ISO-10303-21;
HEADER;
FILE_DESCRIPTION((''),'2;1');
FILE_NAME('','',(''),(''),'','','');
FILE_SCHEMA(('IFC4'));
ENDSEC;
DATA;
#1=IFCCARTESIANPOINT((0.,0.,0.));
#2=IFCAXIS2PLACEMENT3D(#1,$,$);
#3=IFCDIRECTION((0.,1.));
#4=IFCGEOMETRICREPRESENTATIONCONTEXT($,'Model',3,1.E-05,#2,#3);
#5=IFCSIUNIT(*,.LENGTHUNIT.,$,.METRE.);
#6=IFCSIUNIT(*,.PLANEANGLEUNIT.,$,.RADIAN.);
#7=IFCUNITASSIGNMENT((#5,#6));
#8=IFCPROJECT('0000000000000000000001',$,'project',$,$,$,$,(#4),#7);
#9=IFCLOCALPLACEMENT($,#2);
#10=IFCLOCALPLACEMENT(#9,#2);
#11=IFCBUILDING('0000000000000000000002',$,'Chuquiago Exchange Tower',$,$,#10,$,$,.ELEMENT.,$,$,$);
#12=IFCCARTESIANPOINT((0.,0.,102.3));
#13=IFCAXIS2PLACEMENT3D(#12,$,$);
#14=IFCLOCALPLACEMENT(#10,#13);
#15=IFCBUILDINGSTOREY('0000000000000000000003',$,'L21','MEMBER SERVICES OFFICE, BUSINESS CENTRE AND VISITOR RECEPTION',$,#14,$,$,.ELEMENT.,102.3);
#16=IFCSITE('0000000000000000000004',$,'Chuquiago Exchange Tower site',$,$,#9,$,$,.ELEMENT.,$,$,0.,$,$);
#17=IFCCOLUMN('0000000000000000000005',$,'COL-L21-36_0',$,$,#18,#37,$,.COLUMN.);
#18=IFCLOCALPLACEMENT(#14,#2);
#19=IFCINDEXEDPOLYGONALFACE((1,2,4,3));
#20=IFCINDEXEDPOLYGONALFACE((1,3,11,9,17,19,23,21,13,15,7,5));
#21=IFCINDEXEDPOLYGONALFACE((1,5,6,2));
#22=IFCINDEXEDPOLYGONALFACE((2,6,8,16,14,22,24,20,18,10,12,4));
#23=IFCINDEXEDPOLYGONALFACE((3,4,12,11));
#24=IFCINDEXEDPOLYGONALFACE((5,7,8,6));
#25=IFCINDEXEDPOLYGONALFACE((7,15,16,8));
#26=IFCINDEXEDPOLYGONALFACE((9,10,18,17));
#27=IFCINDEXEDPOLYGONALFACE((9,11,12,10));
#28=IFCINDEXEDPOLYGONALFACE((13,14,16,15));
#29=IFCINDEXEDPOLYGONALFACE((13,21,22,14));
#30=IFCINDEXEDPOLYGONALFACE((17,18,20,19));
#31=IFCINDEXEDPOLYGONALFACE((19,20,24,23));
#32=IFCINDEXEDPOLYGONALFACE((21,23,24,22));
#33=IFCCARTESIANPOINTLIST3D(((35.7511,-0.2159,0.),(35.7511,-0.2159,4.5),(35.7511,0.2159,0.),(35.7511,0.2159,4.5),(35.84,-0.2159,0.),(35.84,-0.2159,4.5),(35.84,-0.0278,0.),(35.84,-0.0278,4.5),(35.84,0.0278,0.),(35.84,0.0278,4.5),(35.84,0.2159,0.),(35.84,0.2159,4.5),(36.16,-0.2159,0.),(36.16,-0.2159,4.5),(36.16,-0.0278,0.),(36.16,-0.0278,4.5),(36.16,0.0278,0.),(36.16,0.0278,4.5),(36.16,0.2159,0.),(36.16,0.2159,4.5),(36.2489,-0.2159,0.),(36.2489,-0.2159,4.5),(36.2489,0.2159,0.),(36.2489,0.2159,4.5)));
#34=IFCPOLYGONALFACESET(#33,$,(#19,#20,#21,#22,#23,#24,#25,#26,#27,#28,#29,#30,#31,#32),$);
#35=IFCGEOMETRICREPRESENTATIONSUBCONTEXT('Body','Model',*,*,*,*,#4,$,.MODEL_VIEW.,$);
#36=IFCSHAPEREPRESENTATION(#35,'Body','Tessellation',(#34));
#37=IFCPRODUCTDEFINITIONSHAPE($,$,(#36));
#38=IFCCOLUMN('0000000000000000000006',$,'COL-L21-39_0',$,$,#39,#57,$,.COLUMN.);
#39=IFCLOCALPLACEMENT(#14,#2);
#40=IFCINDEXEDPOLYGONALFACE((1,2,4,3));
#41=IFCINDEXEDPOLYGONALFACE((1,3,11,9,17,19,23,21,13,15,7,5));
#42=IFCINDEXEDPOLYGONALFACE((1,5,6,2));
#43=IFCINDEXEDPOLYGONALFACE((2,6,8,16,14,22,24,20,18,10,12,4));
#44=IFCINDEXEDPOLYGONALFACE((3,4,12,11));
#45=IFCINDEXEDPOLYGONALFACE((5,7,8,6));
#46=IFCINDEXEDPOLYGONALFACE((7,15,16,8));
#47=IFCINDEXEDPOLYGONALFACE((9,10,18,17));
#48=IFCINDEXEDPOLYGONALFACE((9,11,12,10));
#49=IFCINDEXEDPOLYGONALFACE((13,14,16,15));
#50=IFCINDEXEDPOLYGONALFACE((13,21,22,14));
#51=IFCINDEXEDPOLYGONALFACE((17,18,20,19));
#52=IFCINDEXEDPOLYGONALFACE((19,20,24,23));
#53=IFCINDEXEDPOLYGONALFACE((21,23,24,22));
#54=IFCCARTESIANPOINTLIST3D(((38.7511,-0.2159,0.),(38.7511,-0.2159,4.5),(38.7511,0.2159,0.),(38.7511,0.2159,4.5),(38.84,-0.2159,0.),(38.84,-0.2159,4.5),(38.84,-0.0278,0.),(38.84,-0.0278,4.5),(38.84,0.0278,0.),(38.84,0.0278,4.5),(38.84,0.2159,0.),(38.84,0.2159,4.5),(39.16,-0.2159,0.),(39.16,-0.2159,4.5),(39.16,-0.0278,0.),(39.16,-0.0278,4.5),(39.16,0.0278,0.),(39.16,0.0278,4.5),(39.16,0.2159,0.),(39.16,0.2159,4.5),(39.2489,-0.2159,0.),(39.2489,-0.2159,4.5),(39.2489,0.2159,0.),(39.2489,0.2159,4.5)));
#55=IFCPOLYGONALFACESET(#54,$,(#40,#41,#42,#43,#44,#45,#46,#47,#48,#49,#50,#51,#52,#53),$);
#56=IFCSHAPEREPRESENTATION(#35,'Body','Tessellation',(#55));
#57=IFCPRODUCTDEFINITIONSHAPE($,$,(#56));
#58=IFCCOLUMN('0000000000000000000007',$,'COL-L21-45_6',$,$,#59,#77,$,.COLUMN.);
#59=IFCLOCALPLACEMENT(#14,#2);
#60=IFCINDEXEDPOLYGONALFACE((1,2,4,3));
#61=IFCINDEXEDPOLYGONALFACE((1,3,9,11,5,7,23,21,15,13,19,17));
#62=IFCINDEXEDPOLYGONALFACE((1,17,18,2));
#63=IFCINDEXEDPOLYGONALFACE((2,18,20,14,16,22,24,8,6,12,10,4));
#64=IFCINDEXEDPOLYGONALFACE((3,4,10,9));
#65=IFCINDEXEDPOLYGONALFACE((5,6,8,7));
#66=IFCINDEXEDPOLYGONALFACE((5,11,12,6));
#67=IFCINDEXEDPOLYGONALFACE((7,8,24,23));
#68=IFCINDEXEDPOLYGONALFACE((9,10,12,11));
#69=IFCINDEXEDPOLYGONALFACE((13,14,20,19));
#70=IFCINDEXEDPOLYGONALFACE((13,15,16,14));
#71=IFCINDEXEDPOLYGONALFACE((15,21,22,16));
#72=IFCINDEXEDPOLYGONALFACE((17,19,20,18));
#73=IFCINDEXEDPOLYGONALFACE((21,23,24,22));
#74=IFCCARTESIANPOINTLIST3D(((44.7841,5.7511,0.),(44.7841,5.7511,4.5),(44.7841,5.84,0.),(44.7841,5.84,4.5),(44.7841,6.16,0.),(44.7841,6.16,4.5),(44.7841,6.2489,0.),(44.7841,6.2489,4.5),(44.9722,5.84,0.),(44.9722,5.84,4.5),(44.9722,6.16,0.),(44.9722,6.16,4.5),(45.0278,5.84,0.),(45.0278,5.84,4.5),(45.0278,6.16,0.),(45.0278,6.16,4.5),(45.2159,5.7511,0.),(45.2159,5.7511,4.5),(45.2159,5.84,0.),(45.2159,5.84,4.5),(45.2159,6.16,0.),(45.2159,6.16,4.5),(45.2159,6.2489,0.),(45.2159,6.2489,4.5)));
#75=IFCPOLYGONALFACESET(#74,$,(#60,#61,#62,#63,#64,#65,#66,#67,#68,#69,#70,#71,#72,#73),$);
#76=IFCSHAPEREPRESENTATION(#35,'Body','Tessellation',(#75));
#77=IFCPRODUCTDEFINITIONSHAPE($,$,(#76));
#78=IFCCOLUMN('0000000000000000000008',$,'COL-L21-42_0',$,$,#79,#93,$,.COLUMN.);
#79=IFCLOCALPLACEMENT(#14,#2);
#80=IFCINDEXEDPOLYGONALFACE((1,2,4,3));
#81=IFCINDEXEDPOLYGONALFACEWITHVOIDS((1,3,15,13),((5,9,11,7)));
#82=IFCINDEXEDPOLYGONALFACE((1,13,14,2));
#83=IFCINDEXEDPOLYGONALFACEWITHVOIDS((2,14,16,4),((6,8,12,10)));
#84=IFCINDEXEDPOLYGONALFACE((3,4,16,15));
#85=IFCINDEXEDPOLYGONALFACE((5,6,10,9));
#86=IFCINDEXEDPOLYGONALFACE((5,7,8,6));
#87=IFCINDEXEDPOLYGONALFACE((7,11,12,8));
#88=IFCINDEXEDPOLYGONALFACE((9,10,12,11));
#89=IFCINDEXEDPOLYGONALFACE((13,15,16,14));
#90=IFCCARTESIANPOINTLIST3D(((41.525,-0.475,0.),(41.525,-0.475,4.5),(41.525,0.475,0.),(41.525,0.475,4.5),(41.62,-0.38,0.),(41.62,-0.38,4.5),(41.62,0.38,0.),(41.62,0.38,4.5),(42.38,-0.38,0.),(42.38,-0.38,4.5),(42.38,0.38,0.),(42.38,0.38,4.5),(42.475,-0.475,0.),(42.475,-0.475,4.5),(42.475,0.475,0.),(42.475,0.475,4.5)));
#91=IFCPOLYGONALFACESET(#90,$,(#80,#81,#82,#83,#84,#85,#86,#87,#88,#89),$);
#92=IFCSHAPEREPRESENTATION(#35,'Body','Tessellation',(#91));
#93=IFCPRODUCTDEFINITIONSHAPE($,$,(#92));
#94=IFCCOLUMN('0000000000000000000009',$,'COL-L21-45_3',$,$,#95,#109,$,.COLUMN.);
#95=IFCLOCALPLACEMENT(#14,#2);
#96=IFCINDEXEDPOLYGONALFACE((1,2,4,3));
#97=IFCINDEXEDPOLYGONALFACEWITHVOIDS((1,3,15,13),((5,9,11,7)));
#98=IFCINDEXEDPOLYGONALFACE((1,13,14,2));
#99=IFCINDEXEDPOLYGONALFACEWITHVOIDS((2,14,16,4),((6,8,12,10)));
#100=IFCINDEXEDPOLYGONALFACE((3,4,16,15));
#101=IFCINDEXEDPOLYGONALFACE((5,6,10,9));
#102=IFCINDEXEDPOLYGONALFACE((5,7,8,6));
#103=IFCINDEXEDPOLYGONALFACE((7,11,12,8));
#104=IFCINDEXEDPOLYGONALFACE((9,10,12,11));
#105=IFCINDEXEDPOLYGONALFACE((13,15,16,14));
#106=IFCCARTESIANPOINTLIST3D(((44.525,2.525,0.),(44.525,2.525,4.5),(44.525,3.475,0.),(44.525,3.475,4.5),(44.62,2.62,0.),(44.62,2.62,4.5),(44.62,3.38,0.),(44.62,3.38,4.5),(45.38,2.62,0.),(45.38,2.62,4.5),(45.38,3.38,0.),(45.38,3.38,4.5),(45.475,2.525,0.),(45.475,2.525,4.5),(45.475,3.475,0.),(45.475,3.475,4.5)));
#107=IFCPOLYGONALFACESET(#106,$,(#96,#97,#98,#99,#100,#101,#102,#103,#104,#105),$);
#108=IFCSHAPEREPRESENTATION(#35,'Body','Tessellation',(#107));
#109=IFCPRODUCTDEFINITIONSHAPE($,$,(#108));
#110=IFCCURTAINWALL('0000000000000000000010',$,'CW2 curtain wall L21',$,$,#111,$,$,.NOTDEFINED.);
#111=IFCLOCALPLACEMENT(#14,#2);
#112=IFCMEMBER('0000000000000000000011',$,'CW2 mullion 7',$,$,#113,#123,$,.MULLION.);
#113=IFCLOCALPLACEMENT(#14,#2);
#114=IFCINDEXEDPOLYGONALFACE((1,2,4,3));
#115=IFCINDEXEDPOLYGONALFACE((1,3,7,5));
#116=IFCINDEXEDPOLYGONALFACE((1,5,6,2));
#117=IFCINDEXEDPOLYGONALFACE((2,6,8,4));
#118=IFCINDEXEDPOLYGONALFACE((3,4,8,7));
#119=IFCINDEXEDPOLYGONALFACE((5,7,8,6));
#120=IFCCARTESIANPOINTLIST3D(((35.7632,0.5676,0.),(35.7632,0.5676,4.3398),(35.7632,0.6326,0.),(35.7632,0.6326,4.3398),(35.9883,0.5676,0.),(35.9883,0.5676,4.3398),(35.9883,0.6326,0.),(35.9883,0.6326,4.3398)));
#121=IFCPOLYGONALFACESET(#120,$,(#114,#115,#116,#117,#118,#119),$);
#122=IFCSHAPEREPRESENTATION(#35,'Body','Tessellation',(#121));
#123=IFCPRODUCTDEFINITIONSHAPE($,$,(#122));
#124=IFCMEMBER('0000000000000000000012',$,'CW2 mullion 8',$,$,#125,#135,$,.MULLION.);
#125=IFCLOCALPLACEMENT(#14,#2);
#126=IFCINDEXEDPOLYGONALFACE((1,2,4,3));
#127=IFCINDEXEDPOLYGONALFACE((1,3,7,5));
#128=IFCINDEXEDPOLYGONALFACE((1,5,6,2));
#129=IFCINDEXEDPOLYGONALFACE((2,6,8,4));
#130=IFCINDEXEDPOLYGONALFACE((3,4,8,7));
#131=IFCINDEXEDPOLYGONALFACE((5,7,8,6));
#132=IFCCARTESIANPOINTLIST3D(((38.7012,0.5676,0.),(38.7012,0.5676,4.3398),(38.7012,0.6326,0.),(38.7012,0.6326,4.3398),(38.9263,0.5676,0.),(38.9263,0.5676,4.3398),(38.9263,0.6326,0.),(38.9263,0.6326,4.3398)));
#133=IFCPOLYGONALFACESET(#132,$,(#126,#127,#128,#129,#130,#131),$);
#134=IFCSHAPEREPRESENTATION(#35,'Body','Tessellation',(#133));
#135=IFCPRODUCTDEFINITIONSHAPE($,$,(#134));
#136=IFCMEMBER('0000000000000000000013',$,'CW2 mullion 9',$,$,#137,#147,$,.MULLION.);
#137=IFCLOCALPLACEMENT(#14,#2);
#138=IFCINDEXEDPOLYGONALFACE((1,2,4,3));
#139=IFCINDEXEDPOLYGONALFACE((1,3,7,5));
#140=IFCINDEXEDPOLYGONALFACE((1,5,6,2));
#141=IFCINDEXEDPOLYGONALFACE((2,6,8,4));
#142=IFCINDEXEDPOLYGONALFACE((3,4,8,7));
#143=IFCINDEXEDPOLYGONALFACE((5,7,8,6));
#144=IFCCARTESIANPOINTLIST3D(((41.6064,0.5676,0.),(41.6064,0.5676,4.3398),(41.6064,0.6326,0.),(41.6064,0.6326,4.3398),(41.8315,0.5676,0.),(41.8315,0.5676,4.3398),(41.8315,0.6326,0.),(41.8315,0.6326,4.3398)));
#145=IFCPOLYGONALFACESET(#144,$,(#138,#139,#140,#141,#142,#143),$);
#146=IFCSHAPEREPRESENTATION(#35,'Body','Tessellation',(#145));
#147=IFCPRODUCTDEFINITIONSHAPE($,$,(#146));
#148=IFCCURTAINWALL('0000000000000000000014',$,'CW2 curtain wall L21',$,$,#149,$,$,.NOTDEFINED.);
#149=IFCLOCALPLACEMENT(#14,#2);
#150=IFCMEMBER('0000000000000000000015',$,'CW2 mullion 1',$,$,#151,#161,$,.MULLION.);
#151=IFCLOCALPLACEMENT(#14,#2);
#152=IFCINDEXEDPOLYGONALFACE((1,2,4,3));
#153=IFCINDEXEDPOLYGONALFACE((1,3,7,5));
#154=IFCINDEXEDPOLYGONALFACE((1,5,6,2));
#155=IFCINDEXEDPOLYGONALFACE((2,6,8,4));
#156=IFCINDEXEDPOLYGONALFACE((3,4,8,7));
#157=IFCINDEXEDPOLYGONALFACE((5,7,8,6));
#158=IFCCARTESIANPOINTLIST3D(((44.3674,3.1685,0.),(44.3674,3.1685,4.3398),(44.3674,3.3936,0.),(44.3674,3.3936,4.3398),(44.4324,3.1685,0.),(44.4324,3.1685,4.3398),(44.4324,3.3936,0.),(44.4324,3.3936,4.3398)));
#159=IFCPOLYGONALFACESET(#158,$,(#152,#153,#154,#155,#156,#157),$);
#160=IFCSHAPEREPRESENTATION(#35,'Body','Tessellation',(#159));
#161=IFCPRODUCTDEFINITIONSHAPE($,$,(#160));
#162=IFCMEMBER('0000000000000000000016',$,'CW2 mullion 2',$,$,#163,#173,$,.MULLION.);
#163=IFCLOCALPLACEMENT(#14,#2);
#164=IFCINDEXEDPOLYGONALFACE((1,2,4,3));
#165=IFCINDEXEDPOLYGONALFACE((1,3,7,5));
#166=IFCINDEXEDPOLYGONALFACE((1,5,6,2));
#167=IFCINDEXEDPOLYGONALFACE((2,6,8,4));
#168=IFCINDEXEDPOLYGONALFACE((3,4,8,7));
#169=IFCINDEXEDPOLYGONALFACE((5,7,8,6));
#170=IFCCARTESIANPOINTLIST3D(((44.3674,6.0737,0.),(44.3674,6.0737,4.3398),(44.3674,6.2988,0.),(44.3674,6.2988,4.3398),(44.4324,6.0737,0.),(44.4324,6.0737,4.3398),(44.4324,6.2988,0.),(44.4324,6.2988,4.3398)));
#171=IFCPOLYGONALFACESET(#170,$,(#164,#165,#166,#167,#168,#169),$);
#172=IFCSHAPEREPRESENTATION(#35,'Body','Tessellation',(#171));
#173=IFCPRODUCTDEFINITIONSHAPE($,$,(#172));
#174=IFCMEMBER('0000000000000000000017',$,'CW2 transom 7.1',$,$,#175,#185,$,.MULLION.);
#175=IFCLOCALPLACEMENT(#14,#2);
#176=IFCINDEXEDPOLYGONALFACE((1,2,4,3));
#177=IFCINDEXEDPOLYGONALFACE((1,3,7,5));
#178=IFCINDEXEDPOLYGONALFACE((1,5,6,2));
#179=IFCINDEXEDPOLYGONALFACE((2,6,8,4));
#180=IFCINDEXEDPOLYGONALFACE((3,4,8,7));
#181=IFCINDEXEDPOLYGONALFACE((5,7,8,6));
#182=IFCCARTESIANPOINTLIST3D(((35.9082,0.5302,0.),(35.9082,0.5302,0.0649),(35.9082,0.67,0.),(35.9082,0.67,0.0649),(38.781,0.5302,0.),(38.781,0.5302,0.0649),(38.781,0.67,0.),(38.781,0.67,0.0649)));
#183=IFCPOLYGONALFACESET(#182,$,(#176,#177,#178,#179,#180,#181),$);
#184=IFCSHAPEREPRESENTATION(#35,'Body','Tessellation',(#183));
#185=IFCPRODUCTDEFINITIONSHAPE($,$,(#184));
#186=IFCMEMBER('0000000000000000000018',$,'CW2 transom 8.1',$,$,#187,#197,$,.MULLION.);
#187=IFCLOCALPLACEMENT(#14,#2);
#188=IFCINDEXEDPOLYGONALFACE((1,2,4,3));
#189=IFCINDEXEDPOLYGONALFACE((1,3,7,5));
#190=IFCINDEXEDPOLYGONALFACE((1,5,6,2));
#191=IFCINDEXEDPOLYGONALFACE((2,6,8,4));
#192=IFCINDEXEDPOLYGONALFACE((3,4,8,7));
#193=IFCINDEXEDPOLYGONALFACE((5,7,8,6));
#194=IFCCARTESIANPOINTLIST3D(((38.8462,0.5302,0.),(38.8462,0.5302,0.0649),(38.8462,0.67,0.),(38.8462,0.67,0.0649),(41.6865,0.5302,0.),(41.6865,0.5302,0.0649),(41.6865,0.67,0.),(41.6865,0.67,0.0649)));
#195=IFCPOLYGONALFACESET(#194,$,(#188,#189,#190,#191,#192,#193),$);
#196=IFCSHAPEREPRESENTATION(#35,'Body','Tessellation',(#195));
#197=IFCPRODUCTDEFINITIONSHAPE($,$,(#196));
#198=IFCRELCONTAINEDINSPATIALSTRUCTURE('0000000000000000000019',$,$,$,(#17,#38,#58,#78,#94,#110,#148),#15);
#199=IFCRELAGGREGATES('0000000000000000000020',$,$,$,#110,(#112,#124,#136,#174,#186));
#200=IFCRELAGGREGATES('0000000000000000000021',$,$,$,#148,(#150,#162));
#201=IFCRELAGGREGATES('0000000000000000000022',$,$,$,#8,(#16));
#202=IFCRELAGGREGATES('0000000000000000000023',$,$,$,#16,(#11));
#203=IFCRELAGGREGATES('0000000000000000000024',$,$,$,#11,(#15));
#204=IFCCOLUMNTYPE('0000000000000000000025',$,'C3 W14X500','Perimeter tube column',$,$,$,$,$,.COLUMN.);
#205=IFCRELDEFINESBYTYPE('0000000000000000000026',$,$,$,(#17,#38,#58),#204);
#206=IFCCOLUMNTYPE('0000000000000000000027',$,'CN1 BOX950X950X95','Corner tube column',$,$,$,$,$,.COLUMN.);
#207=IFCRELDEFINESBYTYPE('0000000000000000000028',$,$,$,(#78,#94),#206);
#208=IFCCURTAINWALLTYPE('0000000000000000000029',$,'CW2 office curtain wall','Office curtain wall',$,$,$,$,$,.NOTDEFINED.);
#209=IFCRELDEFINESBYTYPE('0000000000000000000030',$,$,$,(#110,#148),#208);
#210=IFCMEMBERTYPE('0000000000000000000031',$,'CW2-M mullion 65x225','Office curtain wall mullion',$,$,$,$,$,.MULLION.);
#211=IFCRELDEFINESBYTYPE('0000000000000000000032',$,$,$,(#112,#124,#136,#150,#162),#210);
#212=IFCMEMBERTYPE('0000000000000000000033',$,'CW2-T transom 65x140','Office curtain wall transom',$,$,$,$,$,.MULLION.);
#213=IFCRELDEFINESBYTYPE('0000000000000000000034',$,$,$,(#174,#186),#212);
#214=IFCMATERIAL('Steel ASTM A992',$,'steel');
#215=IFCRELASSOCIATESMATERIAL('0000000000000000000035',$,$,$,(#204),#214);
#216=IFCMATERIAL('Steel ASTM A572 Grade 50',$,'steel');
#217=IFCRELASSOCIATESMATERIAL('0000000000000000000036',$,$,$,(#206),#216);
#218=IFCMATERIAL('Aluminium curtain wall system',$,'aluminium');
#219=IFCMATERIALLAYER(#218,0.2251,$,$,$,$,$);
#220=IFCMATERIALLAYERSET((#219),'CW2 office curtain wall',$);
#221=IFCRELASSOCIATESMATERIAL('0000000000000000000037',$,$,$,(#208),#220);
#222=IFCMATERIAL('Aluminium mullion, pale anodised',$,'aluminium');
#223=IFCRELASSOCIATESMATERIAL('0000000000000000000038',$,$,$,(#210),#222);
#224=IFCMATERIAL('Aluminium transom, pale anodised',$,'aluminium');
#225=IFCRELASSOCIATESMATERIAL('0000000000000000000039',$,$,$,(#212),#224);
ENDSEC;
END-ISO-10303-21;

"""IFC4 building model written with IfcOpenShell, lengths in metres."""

from ifc_helpers import new_model, si_unit, direction, frame, origin, origin_2d, place, context, subcontext, project, spatial, rectangle, hollow_rectangle, i_section, extrude, material, layer, layer_set, material_profile, profile_set, type_object, element, aggregate, save


model = new_model("IFC4")

# Units and contexts
model_context = context("Model", 3, precision=1e-05, world=origin(), true_north=direction((0.0, 1.0)))
body_context = subcontext(model_context, "Body", "Model", "MODEL_VIEW")
ifc_project = project(units=[si_unit("LENGTHUNIT", "METRE"), si_unit("PLANEANGLEUNIT", "RADIAN")], contexts=[model_context])

# Site, building, storey
site_placement = place(None, origin())
site = spatial("IfcSite", under=ifc_project, at=site_placement, Name="Chuquiago Exchange Tower site", CompositionType="ELEMENT", RefElevation=0.0)
building_placement = place(site_placement, origin())
building = spatial("IfcBuilding", under=site, at=building_placement, Name="Chuquiago Exchange Tower", CompositionType="ELEMENT")
storey_placement = place(building_placement, frame((0.0, 0.0, 102.3)))
storey = spatial("IfcBuildingStorey", under=building, at=storey_placement, Name="L21", Description="MEMBER SERVICES OFFICE, BUSINESS CENTRE AND VISITOR RECEPTION", CompositionType="ELEMENT", Elevation=102.3)

# Columns
ifc_material_1 = material(Name="Steel ASTM A992", Category="steel")
ifc_material_profile_1 = material_profile(ifc_material_1, i_section(OverallWidth=0.4319, OverallDepth=0.4978, WebThickness=0.0557, FlangeThickness=0.0889, at=origin_2d()), Name="W14X500")
ifc_profile_set_1 = profile_set([ifc_material_profile_1], Name="Steel ASTM A992")
column_type_1 = type_object("IfcColumnType", Name="C3 W14X500", Description="Perimeter tube column", PredefinedType="COLUMN", material=ifc_profile_set_1)
for number, where, z_axis, x_axis, name in (
    (1, (36.0, 0.0, 0.0), (0.0, 0.0, 1.0), (0.0, -1.0, 0.0), "COL-L21-36_0"),
    (2, (39.0, 0.0, 0.0), (0.0, 0.0, 1.0), (0.0, -1.0, 0.0), "COL-L21-39_0"),
    (3, (45.0, 6.0, 0.0), (0.0, 0.0, 1.0), (1.0, 0.0, 0.0), "COL-L21-45_6"),
):
    element("IfcColumn", number, at=place(storey_placement, frame(where, z_axis=z_axis, x_axis=x_axis)), inside=storey, type_object=column_type_1, Name=name, PredefinedType="COLUMN", context=body_context, shape_type="SweptSolid", body=[
        extrude(i_section(OverallWidth=0.4319, OverallDepth=0.4978, WebThickness=0.0557, FlangeThickness=0.0889, at=origin_2d()), origin(), (0.0, 0.0, 1.0), 4.5),
    ])
ifc_material_2 = material(Name="Steel ASTM A572 Grade 50", Category="steel")
ifc_material_profile_2 = material_profile(ifc_material_2, hollow_rectangle(XDim=0.95, YDim=0.95, WallThickness=0.095, at=origin_2d()), Name="BOX950X950X95")
ifc_profile_set_2 = profile_set([ifc_material_profile_2], Name="Steel ASTM A572 Grade 50")
column_type_2 = type_object("IfcColumnType", Name="CN1 BOX950X950X95", Description="Corner tube column", PredefinedType="COLUMN", material=ifc_profile_set_2)
for number, where, z_axis, x_axis, name in (
    (4, (42.0, 0.0, 0.0), (0.0, 0.0, 1.0), (0.0, -1.0, 0.0), "COL-L21-42_0"),
    (5, (45.0, 3.0, 0.0), (0.0, 0.0, 1.0), (1.0, 0.0, 0.0), "COL-L21-45_3"),
):
    element("IfcColumn", number, at=place(storey_placement, frame(where, z_axis=z_axis, x_axis=x_axis)), inside=storey, type_object=column_type_2, Name=name, PredefinedType="COLUMN", context=body_context, shape_type="SweptSolid", body=[
        extrude(hollow_rectangle(XDim=0.95, YDim=0.95, WallThickness=0.095, at=origin_2d()), origin(), (0.0, 0.0, 1.0), 4.5),
    ])

# Curtain walls, members
ifc_material_3 = material(Name="Aluminium curtain wall system", Category="aluminium")
ifc_layer_1 = layer(ifc_material_3, 0.2251)
ifc_layer_set_1 = layer_set([ifc_layer_1], Name="CW2 office curtain wall")
curtain_wall_type_1 = type_object("IfcCurtainWallType", Name="CW2 office curtain wall", Description="Office curtain wall", PredefinedType="NOTDEFINED", material=ifc_layer_set_1)
curtain_wall_1_placement = place(storey_placement, origin())
curtain_wall_1 = element("IfcCurtainWall", 6, at=curtain_wall_1_placement, inside=storey, type_object=curtain_wall_type_1, Name="CW2 curtain wall L21", PredefinedType="NOTDEFINED")
ifc_material_4 = material(Name="Aluminium mullion, pale anodised", Category="aluminium")
ifc_material_profile_3 = material_profile(ifc_material_4, rectangle(XDim=0.0649, YDim=0.2251, at=origin_2d()), Name="AL 65x225")
ifc_profile_set_3 = profile_set([ifc_material_profile_3], Name="Aluminium mullion, pale anodised")
member_type_1 = type_object("IfcMemberType", Name="CW2-M mullion 65x225", Description="Office curtain wall mullion", PredefinedType="MULLION", material=ifc_profile_set_3)
member_1_placement = place(storey_placement, frame((35.8757, 0.6001, 0.0), z_axis=(0.0, 0.0, 1.0), x_axis=(0.0, 1.0, 0.0)))
member_1 = element("IfcMember", 7, at=member_1_placement, type_object=member_type_1, Name="CW2 mullion 7", PredefinedType="MULLION", context=body_context, shape_type="SweptSolid", body=[
    extrude(rectangle(XDim=0.0649, YDim=0.2251, at=origin_2d()), origin(), (0.0, 0.0, 1.0), 4.3398),
])
member_2_placement = place(storey_placement, frame((38.8137, 0.6001, 0.0), z_axis=(0.0, 0.0, 1.0), x_axis=(0.0, 1.0, 0.0)))
member_2 = element("IfcMember", 8, at=member_2_placement, type_object=member_type_1, Name="CW2 mullion 8", PredefinedType="MULLION", context=body_context, shape_type="SweptSolid", body=[
    extrude(rectangle(XDim=0.0649, YDim=0.2251, at=origin_2d()), origin(), (0.0, 0.0, 1.0), 4.3398),
])
member_3_placement = place(storey_placement, frame((41.719, 0.6001, 0.0), z_axis=(0.0, 0.0, 1.0), x_axis=(0.0, 1.0, 0.0)))
member_3 = element("IfcMember", 9, at=member_3_placement, type_object=member_type_1, Name="CW2 mullion 9", PredefinedType="MULLION", context=body_context, shape_type="SweptSolid", body=[
    extrude(rectangle(XDim=0.0649, YDim=0.2251, at=origin_2d()), origin(), (0.0, 0.0, 1.0), 4.3398),
])
curtain_wall_2_placement = place(storey_placement, origin())
curtain_wall_2 = element("IfcCurtainWall", 10, at=curtain_wall_2_placement, inside=storey, type_object=curtain_wall_type_1, Name="CW2 curtain wall L21", PredefinedType="NOTDEFINED")
member_4_placement = place(storey_placement, frame((44.3999, 3.281, 0.0), z_axis=(0.0, 0.0, 1.0), x_axis=(-1.0, 0.0, 0.0)))
member_4 = element("IfcMember", 11, at=member_4_placement, type_object=member_type_1, Name="CW2 mullion 1", PredefinedType="MULLION", context=body_context, shape_type="SweptSolid", body=[
    extrude(rectangle(XDim=0.0649, YDim=0.2251, at=origin_2d()), origin(), (0.0, 0.0, 1.0), 4.3398),
])
member_5_placement = place(storey_placement, frame((44.3999, 6.1863, 0.0), z_axis=(0.0, 0.0, 1.0), x_axis=(-1.0, 0.0, 0.0)))
member_5 = element("IfcMember", 12, at=member_5_placement, type_object=member_type_1, Name="CW2 mullion 2", PredefinedType="MULLION", context=body_context, shape_type="SweptSolid", body=[
    extrude(rectangle(XDim=0.0649, YDim=0.2251, at=origin_2d()), origin(), (0.0, 0.0, 1.0), 4.3398),
])

# Members
ifc_material_5 = material(Name="Aluminium transom, pale anodised", Category="aluminium")
ifc_material_profile_4 = material_profile(ifc_material_5, rectangle(XDim=0.1399, YDim=0.0649, at=origin_2d()), Name="AL 140x65")
ifc_profile_set_4 = profile_set([ifc_material_profile_4], Name="Aluminium transom, pale anodised")
member_type_2 = type_object("IfcMemberType", Name="CW2-T transom 65x140", Description="Office curtain wall transom", PredefinedType="MULLION", material=ifc_profile_set_4)
member_6_placement = place(storey_placement, frame((35.9082, 0.6001, 0.0325), z_axis=(1.0, 0.0, 0.0), x_axis=(0.0, 1.0, 0.0)))
member_6 = element("IfcMember", 13, at=member_6_placement, type_object=member_type_2, Name="CW2 transom 7.1", PredefinedType="MULLION", context=body_context, shape_type="SweptSolid", body=[
    extrude(rectangle(XDim=0.1399, YDim=0.0649, at=origin_2d()), origin(), (0.0, 0.0, 1.0), 2.8728),
])
member_7_placement = place(storey_placement, frame((38.8462, 0.6001, 0.0325), z_axis=(1.0, 0.0, 0.0), x_axis=(0.0, 1.0, 0.0)))
member_7 = element("IfcMember", 14, at=member_7_placement, type_object=member_type_2, Name="CW2 transom 8.1", PredefinedType="MULLION", context=body_context, shape_type="SweptSolid", body=[
    extrude(rectangle(XDim=0.1399, YDim=0.0649, at=origin_2d()), origin(), (0.0, 0.0, 1.0), 2.8403),
])

aggregate(curtain_wall_1, [member_1, member_2, member_3, member_6, member_7])
aggregate(curtain_wall_2, [member_4, member_5])

save(model, "model.ifc")
